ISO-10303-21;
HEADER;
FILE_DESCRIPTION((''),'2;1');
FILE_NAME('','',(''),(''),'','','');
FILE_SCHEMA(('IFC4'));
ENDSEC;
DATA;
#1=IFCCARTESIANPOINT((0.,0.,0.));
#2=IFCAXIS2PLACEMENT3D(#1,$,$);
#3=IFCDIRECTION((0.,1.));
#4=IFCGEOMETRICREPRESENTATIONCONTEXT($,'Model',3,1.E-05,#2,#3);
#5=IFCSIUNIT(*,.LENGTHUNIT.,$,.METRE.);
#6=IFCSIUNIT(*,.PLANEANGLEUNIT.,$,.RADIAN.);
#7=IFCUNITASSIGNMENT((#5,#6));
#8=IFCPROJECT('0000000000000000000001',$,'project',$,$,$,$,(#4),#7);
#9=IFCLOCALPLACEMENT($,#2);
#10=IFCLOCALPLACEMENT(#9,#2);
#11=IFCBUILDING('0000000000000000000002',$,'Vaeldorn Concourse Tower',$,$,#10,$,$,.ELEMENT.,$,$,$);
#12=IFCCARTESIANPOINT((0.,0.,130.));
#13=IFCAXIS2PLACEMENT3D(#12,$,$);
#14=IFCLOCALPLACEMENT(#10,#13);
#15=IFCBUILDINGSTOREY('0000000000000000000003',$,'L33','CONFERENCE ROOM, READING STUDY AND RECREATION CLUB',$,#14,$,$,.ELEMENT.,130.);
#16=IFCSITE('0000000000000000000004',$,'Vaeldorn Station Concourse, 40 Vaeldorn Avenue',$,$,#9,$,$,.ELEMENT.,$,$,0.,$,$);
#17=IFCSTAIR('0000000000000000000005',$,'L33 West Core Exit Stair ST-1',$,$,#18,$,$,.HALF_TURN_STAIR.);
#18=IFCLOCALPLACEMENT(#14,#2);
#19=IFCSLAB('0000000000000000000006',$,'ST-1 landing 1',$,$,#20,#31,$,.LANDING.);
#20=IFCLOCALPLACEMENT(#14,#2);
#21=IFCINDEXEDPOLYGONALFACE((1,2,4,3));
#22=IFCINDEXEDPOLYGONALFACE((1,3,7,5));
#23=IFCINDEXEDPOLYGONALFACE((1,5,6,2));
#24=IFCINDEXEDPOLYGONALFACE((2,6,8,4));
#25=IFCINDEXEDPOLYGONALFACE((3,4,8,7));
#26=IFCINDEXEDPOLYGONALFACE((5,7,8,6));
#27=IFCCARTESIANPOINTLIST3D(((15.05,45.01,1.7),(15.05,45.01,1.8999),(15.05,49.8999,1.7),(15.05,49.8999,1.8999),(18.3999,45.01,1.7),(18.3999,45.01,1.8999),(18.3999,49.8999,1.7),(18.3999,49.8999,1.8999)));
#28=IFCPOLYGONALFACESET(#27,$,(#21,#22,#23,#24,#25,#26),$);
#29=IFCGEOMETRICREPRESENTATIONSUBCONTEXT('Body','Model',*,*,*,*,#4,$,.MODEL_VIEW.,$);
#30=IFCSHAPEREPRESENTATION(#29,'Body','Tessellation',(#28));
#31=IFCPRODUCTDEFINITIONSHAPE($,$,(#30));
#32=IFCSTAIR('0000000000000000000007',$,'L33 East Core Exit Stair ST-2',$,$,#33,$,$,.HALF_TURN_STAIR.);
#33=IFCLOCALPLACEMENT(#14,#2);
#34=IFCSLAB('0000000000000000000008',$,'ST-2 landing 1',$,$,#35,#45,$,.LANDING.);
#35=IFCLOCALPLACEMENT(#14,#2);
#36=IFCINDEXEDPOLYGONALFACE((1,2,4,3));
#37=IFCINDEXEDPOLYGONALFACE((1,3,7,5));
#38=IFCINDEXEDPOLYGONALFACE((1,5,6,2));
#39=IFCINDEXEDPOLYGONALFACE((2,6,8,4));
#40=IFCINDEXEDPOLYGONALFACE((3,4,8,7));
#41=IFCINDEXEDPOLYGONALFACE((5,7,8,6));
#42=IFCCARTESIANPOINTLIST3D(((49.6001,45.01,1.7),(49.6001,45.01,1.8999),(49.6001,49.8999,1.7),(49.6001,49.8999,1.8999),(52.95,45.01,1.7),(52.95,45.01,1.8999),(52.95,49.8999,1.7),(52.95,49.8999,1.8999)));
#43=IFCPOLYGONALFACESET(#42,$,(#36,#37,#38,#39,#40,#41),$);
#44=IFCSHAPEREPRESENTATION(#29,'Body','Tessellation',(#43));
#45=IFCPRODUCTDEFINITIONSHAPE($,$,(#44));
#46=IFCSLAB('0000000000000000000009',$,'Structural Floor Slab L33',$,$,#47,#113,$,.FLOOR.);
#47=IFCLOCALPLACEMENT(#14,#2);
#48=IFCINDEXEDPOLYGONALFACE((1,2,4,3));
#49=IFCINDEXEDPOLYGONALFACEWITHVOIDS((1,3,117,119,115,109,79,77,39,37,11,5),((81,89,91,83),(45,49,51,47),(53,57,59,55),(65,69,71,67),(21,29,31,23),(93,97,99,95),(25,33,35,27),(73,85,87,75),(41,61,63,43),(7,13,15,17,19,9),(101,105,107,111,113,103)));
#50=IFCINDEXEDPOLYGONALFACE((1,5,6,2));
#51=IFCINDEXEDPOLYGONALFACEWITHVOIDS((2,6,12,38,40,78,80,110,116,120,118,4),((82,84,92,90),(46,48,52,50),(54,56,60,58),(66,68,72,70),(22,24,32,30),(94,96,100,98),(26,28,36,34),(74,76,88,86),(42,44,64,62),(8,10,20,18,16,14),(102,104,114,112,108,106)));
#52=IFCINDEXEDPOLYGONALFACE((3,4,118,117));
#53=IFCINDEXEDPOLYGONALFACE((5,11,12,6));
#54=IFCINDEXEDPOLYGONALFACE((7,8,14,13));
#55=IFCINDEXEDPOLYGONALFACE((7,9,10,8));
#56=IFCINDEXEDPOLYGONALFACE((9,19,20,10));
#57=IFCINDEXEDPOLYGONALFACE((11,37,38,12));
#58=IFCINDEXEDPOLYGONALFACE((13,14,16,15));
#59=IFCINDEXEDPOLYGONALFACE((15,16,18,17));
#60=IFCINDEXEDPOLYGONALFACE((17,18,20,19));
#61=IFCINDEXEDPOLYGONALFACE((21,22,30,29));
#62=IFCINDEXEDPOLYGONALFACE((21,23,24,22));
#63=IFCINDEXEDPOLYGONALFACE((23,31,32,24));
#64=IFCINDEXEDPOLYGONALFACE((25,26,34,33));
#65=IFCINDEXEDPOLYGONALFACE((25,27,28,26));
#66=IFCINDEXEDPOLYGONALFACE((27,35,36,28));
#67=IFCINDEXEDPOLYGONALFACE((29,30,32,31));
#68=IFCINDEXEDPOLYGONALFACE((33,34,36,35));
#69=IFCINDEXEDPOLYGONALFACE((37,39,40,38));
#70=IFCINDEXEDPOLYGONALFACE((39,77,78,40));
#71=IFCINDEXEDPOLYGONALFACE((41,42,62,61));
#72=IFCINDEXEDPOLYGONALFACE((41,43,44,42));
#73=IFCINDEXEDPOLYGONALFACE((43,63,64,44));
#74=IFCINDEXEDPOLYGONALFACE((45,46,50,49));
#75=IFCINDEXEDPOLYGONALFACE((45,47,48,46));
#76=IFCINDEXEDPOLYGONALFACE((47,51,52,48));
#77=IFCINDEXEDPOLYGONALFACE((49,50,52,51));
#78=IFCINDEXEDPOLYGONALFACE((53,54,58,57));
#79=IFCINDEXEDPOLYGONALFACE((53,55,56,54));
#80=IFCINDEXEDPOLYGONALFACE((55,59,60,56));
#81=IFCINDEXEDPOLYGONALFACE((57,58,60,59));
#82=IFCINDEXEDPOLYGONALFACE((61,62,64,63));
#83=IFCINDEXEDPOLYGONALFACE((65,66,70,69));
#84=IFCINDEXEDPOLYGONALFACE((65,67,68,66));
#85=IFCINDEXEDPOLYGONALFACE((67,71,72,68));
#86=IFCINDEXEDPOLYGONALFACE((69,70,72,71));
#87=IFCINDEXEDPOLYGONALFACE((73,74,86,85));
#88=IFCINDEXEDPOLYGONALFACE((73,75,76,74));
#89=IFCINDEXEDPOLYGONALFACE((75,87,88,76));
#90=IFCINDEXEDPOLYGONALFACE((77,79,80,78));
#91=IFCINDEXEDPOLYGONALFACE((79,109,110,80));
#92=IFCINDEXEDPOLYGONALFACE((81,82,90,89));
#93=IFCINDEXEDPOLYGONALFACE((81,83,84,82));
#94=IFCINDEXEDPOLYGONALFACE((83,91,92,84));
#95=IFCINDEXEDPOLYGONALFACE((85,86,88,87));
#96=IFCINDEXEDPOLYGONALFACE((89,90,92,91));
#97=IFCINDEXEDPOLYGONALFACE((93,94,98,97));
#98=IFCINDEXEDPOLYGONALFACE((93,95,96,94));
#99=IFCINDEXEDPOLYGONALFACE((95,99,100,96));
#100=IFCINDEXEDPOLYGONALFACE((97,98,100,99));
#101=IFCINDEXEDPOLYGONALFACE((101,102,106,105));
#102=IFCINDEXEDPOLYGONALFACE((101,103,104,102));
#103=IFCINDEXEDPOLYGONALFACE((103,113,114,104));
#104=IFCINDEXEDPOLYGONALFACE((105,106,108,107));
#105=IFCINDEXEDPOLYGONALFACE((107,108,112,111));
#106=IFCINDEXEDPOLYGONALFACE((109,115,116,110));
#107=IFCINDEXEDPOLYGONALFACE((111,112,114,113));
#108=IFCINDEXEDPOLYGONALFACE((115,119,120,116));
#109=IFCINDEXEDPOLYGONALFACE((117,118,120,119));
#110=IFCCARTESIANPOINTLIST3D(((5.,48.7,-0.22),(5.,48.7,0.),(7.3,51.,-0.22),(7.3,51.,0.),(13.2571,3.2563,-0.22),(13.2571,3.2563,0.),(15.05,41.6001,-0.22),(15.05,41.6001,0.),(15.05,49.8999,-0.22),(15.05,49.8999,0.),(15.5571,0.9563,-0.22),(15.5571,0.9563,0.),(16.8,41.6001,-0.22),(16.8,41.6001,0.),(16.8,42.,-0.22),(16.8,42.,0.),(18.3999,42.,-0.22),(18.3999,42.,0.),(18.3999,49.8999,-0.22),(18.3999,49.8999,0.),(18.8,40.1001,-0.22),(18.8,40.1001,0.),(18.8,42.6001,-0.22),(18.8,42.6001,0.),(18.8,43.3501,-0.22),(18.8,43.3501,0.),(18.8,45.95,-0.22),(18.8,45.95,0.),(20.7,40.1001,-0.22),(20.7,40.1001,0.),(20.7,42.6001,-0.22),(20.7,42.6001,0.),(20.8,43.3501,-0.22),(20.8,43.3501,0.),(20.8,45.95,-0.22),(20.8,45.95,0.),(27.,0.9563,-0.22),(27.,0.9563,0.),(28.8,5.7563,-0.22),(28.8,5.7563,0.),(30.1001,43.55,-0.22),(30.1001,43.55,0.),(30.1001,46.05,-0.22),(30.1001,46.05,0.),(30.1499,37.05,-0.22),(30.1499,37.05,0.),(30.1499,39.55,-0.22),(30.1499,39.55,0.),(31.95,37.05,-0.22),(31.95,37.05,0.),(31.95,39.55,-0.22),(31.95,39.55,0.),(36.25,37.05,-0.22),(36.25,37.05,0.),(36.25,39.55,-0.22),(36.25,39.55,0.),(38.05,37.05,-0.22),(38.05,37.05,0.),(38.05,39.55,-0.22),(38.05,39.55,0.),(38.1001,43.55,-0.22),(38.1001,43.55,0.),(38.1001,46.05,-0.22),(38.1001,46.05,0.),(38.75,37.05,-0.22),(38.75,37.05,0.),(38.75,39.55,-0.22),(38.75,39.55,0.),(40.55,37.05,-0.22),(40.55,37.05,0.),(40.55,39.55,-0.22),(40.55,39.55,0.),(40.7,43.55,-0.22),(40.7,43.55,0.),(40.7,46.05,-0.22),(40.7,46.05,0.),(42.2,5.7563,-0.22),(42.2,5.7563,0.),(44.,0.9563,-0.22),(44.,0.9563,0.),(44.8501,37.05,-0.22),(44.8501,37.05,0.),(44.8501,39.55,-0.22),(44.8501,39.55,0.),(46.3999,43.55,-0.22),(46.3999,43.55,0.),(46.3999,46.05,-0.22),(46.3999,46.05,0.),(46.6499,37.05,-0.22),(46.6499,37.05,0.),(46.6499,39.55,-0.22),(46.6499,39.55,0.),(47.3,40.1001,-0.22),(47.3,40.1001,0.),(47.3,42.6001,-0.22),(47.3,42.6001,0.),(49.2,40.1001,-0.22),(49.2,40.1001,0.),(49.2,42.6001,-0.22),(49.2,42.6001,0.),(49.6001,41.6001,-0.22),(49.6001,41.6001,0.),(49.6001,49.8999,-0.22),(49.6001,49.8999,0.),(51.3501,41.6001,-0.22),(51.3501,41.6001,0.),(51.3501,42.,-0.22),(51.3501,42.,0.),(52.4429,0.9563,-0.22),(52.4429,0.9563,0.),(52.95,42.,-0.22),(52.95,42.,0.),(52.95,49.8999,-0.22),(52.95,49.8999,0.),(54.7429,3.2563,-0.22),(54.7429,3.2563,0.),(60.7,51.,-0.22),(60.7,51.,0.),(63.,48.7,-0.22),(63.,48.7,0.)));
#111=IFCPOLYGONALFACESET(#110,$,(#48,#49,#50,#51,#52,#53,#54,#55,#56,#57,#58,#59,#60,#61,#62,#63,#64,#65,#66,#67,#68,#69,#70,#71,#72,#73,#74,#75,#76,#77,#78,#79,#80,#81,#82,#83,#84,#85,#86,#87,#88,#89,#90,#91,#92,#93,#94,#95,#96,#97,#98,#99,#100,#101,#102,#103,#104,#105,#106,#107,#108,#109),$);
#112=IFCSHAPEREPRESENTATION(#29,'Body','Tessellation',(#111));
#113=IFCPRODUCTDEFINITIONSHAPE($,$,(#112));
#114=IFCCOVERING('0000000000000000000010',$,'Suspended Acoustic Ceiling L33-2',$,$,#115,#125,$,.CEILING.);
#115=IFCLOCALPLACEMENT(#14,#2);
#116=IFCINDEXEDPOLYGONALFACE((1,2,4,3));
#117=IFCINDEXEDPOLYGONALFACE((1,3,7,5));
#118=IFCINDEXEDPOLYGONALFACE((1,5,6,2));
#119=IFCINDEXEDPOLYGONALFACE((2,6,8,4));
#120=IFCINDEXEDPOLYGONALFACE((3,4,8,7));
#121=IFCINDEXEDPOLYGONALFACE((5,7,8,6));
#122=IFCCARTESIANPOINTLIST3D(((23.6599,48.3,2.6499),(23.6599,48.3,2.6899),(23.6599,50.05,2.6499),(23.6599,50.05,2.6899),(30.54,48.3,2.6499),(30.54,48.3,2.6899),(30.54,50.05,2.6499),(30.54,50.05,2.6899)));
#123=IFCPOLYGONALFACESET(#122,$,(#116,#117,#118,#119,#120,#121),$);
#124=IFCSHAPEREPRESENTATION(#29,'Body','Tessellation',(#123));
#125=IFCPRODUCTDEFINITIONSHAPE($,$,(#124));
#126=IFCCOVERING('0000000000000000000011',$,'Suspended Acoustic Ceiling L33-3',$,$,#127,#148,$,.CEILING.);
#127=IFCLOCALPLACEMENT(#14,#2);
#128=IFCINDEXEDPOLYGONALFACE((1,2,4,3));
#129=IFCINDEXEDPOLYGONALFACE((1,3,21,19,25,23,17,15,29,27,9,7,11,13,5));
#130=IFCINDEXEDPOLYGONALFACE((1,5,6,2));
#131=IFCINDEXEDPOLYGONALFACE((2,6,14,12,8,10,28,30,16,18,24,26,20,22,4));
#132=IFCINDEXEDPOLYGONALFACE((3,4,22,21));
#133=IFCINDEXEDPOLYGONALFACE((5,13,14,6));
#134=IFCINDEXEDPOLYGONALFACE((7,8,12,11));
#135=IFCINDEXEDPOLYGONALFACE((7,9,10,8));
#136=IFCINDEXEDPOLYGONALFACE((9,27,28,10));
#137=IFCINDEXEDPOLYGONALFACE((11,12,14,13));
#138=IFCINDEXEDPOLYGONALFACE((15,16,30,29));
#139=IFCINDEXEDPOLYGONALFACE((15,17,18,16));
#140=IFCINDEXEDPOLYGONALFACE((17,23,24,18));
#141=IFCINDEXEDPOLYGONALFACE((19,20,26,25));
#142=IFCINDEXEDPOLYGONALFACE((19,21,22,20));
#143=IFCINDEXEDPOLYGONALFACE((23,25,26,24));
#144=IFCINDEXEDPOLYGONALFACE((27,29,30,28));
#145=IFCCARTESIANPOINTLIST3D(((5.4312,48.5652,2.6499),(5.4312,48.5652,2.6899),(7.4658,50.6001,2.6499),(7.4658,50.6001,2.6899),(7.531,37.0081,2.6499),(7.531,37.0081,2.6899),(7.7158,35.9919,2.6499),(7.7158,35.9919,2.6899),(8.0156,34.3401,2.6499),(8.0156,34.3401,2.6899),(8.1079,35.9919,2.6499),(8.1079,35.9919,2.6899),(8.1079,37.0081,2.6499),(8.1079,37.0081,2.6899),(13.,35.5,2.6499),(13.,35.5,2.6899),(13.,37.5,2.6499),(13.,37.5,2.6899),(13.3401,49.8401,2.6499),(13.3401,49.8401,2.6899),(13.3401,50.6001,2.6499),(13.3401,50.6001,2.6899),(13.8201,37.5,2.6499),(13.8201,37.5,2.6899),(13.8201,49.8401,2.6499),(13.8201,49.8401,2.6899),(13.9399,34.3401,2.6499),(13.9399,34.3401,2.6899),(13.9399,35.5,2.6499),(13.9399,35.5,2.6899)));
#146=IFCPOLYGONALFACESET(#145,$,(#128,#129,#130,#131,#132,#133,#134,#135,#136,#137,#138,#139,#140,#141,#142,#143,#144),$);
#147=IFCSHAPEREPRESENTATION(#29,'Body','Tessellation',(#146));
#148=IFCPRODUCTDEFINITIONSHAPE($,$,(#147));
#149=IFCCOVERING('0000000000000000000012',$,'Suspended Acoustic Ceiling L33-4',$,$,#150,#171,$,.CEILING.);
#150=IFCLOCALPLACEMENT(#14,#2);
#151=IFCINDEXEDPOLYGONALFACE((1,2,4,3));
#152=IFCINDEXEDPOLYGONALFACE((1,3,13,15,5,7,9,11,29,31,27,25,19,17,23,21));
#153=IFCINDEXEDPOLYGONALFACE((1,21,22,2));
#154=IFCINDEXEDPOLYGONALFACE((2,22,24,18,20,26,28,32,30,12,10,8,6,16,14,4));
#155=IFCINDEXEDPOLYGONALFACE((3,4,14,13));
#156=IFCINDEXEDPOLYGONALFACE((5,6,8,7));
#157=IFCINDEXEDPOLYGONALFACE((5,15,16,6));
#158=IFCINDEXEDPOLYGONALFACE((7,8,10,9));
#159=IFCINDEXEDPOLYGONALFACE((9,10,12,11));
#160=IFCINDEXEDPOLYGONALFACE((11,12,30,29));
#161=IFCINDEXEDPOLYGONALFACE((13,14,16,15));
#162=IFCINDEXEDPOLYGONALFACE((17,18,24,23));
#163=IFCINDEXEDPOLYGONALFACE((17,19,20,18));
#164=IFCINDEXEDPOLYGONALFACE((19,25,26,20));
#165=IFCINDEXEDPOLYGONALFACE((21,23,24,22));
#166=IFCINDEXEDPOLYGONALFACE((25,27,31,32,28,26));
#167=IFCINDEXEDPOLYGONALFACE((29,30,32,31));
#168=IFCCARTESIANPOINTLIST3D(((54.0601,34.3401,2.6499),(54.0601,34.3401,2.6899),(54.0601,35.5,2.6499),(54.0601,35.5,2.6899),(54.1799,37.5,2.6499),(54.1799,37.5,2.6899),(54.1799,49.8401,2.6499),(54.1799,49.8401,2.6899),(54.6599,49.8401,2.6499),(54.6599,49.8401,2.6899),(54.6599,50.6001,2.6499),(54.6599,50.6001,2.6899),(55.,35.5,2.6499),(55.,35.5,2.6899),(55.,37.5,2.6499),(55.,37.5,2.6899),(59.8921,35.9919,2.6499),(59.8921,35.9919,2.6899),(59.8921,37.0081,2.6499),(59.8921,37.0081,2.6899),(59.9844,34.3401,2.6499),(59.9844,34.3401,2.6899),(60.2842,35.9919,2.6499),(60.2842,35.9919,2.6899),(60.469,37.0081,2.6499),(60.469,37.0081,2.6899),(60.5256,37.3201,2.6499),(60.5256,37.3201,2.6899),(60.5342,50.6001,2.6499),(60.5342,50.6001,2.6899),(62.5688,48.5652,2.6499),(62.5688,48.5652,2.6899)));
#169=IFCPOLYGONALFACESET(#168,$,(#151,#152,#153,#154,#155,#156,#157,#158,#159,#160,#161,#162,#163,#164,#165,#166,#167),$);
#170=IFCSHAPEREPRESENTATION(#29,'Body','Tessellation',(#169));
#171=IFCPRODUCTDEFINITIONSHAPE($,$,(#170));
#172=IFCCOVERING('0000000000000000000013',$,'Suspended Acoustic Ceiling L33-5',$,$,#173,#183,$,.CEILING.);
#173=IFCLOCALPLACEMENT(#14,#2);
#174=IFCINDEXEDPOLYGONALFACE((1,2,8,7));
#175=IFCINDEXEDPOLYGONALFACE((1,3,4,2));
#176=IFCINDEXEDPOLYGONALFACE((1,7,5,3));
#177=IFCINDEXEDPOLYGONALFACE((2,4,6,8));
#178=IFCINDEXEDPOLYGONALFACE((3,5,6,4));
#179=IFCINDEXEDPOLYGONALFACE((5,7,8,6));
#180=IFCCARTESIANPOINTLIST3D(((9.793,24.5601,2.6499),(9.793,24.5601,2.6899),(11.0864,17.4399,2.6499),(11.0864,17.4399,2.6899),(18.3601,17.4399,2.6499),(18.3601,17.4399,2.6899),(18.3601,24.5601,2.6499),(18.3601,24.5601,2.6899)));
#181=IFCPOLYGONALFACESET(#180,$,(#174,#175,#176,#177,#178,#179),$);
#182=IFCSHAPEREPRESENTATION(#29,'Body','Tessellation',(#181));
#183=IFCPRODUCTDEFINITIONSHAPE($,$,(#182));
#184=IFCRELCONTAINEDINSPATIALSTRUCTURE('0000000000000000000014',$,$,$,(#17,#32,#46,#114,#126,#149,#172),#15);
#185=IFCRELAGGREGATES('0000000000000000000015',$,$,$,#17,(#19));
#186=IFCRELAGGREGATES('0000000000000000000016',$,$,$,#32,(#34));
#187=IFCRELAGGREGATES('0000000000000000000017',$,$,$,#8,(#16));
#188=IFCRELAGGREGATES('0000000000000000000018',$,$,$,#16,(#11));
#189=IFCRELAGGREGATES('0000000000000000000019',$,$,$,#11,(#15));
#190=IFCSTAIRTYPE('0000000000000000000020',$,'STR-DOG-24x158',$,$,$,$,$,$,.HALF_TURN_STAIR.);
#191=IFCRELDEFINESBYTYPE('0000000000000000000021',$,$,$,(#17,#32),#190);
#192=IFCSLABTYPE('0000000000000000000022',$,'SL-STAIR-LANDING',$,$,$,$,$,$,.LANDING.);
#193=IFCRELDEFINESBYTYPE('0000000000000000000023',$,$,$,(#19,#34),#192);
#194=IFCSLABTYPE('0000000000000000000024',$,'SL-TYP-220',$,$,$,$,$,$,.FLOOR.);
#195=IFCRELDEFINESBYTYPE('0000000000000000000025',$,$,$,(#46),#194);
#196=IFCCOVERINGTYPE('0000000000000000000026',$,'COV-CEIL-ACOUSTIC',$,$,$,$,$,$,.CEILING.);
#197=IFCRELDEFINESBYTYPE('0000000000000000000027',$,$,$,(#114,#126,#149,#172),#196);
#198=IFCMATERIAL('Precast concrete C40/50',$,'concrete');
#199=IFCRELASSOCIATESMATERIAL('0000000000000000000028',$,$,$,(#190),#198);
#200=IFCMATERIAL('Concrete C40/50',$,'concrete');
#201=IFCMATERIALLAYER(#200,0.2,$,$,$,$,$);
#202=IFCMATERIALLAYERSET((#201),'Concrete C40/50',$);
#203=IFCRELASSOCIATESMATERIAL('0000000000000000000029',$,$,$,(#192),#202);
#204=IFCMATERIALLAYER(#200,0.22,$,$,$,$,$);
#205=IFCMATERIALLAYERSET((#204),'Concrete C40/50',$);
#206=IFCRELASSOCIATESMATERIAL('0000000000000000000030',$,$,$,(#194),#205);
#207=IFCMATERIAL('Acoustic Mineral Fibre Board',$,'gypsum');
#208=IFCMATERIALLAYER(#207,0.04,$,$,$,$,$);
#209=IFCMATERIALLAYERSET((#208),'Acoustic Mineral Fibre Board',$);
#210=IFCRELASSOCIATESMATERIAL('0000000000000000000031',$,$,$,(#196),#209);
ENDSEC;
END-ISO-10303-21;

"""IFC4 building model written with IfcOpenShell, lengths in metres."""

from ifc_helpers import new_model, si_unit, direction, frame, origin, place, context, subcontext, project, spatial, polyline, outline, extrude, material, layer, layer_set, type_object, element, aggregate, save


model = new_model("IFC4")

# Units and contexts
model_context = context("Model", 3, precision=1e-05, world=origin(), true_north=direction((0.0, 1.0)))
body_context = subcontext(model_context, "Body", "Model", "MODEL_VIEW")
ifc_project = project(units=[si_unit("LENGTHUNIT", "METRE"), si_unit("PLANEANGLEUNIT", "RADIAN")], contexts=[model_context])

# Site, building, storey
site_placement = place(None, origin())
site = spatial("IfcSite", under=ifc_project, at=site_placement, Name="Vaeldorn Station Concourse, 40 Vaeldorn Avenue", CompositionType="ELEMENT", RefElevation=0.0)
building_placement = place(site_placement, origin())
building = spatial("IfcBuilding", under=site, at=building_placement, Name="Vaeldorn Concourse Tower", CompositionType="ELEMENT")
storey_placement = place(building_placement, frame((0.0, 0.0, 130.0)))
storey = spatial("IfcBuildingStorey", under=building, at=storey_placement, Name="L33", Description="CONFERENCE ROOM, READING STUDY AND RECREATION CLUB", CompositionType="ELEMENT", Elevation=130.0)

# Stairs, slabs
ifc_material_1 = material(Name="Precast concrete C40/50", Category="concrete")
stair_type = type_object("IfcStairType", Name="STR-DOG-24x158", PredefinedType="HALF_TURN_STAIR", material=ifc_material_1)
stair_1_placement = place(storey_placement, origin())
stair_1 = element("IfcStair", 1, at=stair_1_placement, inside=storey, type_object=stair_type, Name="L33 West Core Exit Stair ST-1", PredefinedType="HALF_TURN_STAIR")
ifc_material_2 = material(Name="Concrete C40/50", Category="concrete")
ifc_layer_1 = layer(ifc_material_2, 0.2)
ifc_layer_set_1 = layer_set([ifc_layer_1], Name="Concrete C40/50")
slab_type_1 = type_object("IfcSlabType", Name="SL-STAIR-LANDING", PredefinedType="LANDING", material=ifc_layer_set_1)
slab_1_placement = place(storey_placement, frame((0.0, 0.0, 1.7)))
slab_1 = element("IfcSlab", 2, at=slab_1_placement, type_object=slab_type_1, Name="ST-1 landing 1", PredefinedType="LANDING", context=body_context, shape_type="SweptSolid", body=[
    extrude(outline(polyline([(18.3999, 45.01), (18.3999, 49.8999), (15.05, 49.8999), (15.05, 45.01), (18.3999, 45.01)])), origin(), (0.0, 0.0, 1.0), 0.2),
])
aggregate(stair_1, [slab_1])
stair_2_placement = place(storey_placement, origin())
stair_2 = element("IfcStair", 3, at=stair_2_placement, inside=storey, type_object=stair_type, Name="L33 East Core Exit Stair ST-2", PredefinedType="HALF_TURN_STAIR")
slab_2_placement = place(storey_placement, frame((0.0, 0.0, 1.7)))
slab_2 = element("IfcSlab", 4, at=slab_2_placement, type_object=slab_type_1, Name="ST-2 landing 1", PredefinedType="LANDING", context=body_context, shape_type="SweptSolid", body=[
    extrude(outline(polyline([(52.95, 45.01), (52.95, 49.8999), (49.6001, 49.8999), (49.6001, 45.01), (52.95, 45.01)])), origin(), (0.0, 0.0, 1.0), 0.2),
])
aggregate(stair_2, [slab_2])

# Slab
ifc_layer_2 = layer(ifc_material_2, 0.22)
ifc_layer_set_2 = layer_set([ifc_layer_2], Name="Concrete C40/50")
slab_type_2 = type_object("IfcSlabType", Name="SL-TYP-220", PredefinedType="FLOOR", material=ifc_layer_set_2)
slab_3_placement = place(storey_placement, frame((0.0, 0.0, -0.22)))
element("IfcSlab", 5, at=slab_3_placement, inside=storey, type_object=slab_type_2, Name="Structural Floor Slab L33", PredefinedType="FLOOR", context=body_context, shape_type="SweptSolid", body=[
    extrude(outline(polyline([(15.5571, 0.9563), (27.0, 0.9563), (28.8, 5.7563), (42.2, 5.7563), (44.0, 0.9563), (52.4429, 0.9563), (54.7429, 3.2563), (63.0, 48.7), (60.7, 51.0), (7.3, 51.0), (5.0, 48.7), (13.2571, 3.2563), (15.5571, 0.9563)]), holes=[polyline([(18.3999, 42.0), (18.3999, 49.8999), (15.05, 49.8999), (15.05, 41.6001), (16.8, 41.6001), (16.8, 42.0), (18.3999, 42.0)]), polyline([(52.95, 42.0), (52.95, 49.8999), (49.6001, 49.8999), (49.6001, 41.6001), (51.3501, 41.6001), (51.3501, 42.0), (52.95, 42.0)]), polyline([(30.1499, 37.05), (31.95, 37.05), (31.95, 39.55), (30.1499, 39.55), (30.1499, 37.05)]), polyline([(36.25, 37.05), (38.05, 37.05), (38.05, 39.55), (36.25, 39.55), (36.25, 37.05)]), polyline([(30.1001, 43.55), (38.1001, 43.55), (38.1001, 46.05), (30.1001, 46.05), (30.1001, 43.55)]), polyline([(38.75, 37.05), (40.55, 37.05), (40.55, 39.55), (38.75, 39.55), (38.75, 37.05)]), polyline([(44.8501, 37.05), (46.6499, 37.05), (46.6499, 39.55), (44.8501, 39.55), (44.8501, 37.05)]), polyline([(40.7, 43.55), (46.3999, 43.55), (46.3999, 46.05), (40.7, 46.05), (40.7, 43.55)]), polyline([(18.8, 43.3501), (20.8, 43.3501), (20.8, 45.95), (18.8, 45.95), (18.8, 43.3501)]), polyline([(18.8, 40.1001), (20.7, 40.1001), (20.7, 42.6001), (18.8, 42.6001), (18.8, 40.1001)]), polyline([(47.3, 40.1001), (49.2, 40.1001), (49.2, 42.6001), (47.3, 42.6001), (47.3, 40.1001)])]), origin(), (0.0, 0.0, 1.0), 0.22),
])

# Coverings
ifc_material_3 = material(Name="Acoustic Mineral Fibre Board", Category="gypsum")
ifc_layer_3 = layer(ifc_material_3, 0.04)
ifc_layer_set_3 = layer_set([ifc_layer_3], Name="Acoustic Mineral Fibre Board")
covering_type_1 = type_object("IfcCoveringType", Name="COV-CEIL-ACOUSTIC", PredefinedType="CEILING", material=ifc_layer_set_3)
covering_1_placement = place(storey_placement, frame((0.0, 0.0, 2.6499)))
element("IfcCovering", 6, at=covering_1_placement, inside=storey, type_object=covering_type_1, Name="Suspended Acoustic Ceiling L33-2", PredefinedType="CEILING", context=body_context, shape_type="SweptSolid", body=[
    extrude(outline(polyline([(30.54, 50.05), (30.54, 48.3), (23.6599, 48.3), (23.6599, 50.05), (30.54, 50.05)])), origin(), (0.0, 0.0, 1.0), 0.04),
])
covering_2_placement = place(storey_placement, frame((0.0, 0.0, 2.6499)))
element("IfcCovering", 7, at=covering_2_placement, inside=storey, type_object=covering_type_1, Name="Suspended Acoustic Ceiling L33-3", PredefinedType="CEILING", context=body_context, shape_type="SweptSolid", body=[
    extrude(outline(polyline([(7.4658, 50.6001), (13.3401, 50.6001), (13.3401, 49.8401), (13.8201, 49.8401), (13.8201, 37.5), (13.0, 37.5), (13.0, 35.5), (13.9399, 35.5), (13.9399, 34.3401), (8.0156, 34.3401), (7.7158, 35.9919), (8.1079, 35.9919), (8.1079, 37.0081), (7.531, 37.0081), (5.4312, 48.5652), (7.4658, 50.6001)])), origin(), (0.0, 0.0, 1.0), 0.04),
])
covering_3_placement = place(storey_placement, frame((0.0, 0.0, 2.6499)))
element("IfcCovering", 8, at=covering_3_placement, inside=storey, type_object=covering_type_1, Name="Suspended Acoustic Ceiling L33-4", PredefinedType="CEILING", context=body_context, shape_type="SweptSolid", body=[
    extrude(outline(polyline([(54.1799, 49.8401), (54.6599, 49.8401), (54.6599, 50.6001), (60.5342, 50.6001), (62.5688, 48.5652), (60.5256, 37.3201), (60.5256, 37.3201), (60.469, 37.0081), (59.8921, 37.0081), (59.8921, 35.9919), (60.2842, 35.9919), (59.9844, 34.3401), (54.0601, 34.3401), (54.0601, 35.5), (55.0, 35.5), (55.0, 37.5), (54.1799, 37.5), (54.1799, 49.8401)])), origin(), (0.0, 0.0, 1.0), 0.04),
])
covering_4_placement = place(storey_placement, frame((0.0, 0.0, 2.6499)))
element("IfcCovering", 9, at=covering_4_placement, inside=storey, type_object=covering_type_1, Name="Suspended Acoustic Ceiling L33-5", PredefinedType="CEILING", context=body_context, shape_type="SweptSolid", body=[
    extrude(outline(polyline([(18.3601, 24.5601), (18.3601, 17.4399), (11.0864, 17.4399), (9.793, 24.5601), (18.3601, 24.5601)])), origin(), (0.0, 0.0, 1.0), 0.04),
])

save(model, "model.ifc")
